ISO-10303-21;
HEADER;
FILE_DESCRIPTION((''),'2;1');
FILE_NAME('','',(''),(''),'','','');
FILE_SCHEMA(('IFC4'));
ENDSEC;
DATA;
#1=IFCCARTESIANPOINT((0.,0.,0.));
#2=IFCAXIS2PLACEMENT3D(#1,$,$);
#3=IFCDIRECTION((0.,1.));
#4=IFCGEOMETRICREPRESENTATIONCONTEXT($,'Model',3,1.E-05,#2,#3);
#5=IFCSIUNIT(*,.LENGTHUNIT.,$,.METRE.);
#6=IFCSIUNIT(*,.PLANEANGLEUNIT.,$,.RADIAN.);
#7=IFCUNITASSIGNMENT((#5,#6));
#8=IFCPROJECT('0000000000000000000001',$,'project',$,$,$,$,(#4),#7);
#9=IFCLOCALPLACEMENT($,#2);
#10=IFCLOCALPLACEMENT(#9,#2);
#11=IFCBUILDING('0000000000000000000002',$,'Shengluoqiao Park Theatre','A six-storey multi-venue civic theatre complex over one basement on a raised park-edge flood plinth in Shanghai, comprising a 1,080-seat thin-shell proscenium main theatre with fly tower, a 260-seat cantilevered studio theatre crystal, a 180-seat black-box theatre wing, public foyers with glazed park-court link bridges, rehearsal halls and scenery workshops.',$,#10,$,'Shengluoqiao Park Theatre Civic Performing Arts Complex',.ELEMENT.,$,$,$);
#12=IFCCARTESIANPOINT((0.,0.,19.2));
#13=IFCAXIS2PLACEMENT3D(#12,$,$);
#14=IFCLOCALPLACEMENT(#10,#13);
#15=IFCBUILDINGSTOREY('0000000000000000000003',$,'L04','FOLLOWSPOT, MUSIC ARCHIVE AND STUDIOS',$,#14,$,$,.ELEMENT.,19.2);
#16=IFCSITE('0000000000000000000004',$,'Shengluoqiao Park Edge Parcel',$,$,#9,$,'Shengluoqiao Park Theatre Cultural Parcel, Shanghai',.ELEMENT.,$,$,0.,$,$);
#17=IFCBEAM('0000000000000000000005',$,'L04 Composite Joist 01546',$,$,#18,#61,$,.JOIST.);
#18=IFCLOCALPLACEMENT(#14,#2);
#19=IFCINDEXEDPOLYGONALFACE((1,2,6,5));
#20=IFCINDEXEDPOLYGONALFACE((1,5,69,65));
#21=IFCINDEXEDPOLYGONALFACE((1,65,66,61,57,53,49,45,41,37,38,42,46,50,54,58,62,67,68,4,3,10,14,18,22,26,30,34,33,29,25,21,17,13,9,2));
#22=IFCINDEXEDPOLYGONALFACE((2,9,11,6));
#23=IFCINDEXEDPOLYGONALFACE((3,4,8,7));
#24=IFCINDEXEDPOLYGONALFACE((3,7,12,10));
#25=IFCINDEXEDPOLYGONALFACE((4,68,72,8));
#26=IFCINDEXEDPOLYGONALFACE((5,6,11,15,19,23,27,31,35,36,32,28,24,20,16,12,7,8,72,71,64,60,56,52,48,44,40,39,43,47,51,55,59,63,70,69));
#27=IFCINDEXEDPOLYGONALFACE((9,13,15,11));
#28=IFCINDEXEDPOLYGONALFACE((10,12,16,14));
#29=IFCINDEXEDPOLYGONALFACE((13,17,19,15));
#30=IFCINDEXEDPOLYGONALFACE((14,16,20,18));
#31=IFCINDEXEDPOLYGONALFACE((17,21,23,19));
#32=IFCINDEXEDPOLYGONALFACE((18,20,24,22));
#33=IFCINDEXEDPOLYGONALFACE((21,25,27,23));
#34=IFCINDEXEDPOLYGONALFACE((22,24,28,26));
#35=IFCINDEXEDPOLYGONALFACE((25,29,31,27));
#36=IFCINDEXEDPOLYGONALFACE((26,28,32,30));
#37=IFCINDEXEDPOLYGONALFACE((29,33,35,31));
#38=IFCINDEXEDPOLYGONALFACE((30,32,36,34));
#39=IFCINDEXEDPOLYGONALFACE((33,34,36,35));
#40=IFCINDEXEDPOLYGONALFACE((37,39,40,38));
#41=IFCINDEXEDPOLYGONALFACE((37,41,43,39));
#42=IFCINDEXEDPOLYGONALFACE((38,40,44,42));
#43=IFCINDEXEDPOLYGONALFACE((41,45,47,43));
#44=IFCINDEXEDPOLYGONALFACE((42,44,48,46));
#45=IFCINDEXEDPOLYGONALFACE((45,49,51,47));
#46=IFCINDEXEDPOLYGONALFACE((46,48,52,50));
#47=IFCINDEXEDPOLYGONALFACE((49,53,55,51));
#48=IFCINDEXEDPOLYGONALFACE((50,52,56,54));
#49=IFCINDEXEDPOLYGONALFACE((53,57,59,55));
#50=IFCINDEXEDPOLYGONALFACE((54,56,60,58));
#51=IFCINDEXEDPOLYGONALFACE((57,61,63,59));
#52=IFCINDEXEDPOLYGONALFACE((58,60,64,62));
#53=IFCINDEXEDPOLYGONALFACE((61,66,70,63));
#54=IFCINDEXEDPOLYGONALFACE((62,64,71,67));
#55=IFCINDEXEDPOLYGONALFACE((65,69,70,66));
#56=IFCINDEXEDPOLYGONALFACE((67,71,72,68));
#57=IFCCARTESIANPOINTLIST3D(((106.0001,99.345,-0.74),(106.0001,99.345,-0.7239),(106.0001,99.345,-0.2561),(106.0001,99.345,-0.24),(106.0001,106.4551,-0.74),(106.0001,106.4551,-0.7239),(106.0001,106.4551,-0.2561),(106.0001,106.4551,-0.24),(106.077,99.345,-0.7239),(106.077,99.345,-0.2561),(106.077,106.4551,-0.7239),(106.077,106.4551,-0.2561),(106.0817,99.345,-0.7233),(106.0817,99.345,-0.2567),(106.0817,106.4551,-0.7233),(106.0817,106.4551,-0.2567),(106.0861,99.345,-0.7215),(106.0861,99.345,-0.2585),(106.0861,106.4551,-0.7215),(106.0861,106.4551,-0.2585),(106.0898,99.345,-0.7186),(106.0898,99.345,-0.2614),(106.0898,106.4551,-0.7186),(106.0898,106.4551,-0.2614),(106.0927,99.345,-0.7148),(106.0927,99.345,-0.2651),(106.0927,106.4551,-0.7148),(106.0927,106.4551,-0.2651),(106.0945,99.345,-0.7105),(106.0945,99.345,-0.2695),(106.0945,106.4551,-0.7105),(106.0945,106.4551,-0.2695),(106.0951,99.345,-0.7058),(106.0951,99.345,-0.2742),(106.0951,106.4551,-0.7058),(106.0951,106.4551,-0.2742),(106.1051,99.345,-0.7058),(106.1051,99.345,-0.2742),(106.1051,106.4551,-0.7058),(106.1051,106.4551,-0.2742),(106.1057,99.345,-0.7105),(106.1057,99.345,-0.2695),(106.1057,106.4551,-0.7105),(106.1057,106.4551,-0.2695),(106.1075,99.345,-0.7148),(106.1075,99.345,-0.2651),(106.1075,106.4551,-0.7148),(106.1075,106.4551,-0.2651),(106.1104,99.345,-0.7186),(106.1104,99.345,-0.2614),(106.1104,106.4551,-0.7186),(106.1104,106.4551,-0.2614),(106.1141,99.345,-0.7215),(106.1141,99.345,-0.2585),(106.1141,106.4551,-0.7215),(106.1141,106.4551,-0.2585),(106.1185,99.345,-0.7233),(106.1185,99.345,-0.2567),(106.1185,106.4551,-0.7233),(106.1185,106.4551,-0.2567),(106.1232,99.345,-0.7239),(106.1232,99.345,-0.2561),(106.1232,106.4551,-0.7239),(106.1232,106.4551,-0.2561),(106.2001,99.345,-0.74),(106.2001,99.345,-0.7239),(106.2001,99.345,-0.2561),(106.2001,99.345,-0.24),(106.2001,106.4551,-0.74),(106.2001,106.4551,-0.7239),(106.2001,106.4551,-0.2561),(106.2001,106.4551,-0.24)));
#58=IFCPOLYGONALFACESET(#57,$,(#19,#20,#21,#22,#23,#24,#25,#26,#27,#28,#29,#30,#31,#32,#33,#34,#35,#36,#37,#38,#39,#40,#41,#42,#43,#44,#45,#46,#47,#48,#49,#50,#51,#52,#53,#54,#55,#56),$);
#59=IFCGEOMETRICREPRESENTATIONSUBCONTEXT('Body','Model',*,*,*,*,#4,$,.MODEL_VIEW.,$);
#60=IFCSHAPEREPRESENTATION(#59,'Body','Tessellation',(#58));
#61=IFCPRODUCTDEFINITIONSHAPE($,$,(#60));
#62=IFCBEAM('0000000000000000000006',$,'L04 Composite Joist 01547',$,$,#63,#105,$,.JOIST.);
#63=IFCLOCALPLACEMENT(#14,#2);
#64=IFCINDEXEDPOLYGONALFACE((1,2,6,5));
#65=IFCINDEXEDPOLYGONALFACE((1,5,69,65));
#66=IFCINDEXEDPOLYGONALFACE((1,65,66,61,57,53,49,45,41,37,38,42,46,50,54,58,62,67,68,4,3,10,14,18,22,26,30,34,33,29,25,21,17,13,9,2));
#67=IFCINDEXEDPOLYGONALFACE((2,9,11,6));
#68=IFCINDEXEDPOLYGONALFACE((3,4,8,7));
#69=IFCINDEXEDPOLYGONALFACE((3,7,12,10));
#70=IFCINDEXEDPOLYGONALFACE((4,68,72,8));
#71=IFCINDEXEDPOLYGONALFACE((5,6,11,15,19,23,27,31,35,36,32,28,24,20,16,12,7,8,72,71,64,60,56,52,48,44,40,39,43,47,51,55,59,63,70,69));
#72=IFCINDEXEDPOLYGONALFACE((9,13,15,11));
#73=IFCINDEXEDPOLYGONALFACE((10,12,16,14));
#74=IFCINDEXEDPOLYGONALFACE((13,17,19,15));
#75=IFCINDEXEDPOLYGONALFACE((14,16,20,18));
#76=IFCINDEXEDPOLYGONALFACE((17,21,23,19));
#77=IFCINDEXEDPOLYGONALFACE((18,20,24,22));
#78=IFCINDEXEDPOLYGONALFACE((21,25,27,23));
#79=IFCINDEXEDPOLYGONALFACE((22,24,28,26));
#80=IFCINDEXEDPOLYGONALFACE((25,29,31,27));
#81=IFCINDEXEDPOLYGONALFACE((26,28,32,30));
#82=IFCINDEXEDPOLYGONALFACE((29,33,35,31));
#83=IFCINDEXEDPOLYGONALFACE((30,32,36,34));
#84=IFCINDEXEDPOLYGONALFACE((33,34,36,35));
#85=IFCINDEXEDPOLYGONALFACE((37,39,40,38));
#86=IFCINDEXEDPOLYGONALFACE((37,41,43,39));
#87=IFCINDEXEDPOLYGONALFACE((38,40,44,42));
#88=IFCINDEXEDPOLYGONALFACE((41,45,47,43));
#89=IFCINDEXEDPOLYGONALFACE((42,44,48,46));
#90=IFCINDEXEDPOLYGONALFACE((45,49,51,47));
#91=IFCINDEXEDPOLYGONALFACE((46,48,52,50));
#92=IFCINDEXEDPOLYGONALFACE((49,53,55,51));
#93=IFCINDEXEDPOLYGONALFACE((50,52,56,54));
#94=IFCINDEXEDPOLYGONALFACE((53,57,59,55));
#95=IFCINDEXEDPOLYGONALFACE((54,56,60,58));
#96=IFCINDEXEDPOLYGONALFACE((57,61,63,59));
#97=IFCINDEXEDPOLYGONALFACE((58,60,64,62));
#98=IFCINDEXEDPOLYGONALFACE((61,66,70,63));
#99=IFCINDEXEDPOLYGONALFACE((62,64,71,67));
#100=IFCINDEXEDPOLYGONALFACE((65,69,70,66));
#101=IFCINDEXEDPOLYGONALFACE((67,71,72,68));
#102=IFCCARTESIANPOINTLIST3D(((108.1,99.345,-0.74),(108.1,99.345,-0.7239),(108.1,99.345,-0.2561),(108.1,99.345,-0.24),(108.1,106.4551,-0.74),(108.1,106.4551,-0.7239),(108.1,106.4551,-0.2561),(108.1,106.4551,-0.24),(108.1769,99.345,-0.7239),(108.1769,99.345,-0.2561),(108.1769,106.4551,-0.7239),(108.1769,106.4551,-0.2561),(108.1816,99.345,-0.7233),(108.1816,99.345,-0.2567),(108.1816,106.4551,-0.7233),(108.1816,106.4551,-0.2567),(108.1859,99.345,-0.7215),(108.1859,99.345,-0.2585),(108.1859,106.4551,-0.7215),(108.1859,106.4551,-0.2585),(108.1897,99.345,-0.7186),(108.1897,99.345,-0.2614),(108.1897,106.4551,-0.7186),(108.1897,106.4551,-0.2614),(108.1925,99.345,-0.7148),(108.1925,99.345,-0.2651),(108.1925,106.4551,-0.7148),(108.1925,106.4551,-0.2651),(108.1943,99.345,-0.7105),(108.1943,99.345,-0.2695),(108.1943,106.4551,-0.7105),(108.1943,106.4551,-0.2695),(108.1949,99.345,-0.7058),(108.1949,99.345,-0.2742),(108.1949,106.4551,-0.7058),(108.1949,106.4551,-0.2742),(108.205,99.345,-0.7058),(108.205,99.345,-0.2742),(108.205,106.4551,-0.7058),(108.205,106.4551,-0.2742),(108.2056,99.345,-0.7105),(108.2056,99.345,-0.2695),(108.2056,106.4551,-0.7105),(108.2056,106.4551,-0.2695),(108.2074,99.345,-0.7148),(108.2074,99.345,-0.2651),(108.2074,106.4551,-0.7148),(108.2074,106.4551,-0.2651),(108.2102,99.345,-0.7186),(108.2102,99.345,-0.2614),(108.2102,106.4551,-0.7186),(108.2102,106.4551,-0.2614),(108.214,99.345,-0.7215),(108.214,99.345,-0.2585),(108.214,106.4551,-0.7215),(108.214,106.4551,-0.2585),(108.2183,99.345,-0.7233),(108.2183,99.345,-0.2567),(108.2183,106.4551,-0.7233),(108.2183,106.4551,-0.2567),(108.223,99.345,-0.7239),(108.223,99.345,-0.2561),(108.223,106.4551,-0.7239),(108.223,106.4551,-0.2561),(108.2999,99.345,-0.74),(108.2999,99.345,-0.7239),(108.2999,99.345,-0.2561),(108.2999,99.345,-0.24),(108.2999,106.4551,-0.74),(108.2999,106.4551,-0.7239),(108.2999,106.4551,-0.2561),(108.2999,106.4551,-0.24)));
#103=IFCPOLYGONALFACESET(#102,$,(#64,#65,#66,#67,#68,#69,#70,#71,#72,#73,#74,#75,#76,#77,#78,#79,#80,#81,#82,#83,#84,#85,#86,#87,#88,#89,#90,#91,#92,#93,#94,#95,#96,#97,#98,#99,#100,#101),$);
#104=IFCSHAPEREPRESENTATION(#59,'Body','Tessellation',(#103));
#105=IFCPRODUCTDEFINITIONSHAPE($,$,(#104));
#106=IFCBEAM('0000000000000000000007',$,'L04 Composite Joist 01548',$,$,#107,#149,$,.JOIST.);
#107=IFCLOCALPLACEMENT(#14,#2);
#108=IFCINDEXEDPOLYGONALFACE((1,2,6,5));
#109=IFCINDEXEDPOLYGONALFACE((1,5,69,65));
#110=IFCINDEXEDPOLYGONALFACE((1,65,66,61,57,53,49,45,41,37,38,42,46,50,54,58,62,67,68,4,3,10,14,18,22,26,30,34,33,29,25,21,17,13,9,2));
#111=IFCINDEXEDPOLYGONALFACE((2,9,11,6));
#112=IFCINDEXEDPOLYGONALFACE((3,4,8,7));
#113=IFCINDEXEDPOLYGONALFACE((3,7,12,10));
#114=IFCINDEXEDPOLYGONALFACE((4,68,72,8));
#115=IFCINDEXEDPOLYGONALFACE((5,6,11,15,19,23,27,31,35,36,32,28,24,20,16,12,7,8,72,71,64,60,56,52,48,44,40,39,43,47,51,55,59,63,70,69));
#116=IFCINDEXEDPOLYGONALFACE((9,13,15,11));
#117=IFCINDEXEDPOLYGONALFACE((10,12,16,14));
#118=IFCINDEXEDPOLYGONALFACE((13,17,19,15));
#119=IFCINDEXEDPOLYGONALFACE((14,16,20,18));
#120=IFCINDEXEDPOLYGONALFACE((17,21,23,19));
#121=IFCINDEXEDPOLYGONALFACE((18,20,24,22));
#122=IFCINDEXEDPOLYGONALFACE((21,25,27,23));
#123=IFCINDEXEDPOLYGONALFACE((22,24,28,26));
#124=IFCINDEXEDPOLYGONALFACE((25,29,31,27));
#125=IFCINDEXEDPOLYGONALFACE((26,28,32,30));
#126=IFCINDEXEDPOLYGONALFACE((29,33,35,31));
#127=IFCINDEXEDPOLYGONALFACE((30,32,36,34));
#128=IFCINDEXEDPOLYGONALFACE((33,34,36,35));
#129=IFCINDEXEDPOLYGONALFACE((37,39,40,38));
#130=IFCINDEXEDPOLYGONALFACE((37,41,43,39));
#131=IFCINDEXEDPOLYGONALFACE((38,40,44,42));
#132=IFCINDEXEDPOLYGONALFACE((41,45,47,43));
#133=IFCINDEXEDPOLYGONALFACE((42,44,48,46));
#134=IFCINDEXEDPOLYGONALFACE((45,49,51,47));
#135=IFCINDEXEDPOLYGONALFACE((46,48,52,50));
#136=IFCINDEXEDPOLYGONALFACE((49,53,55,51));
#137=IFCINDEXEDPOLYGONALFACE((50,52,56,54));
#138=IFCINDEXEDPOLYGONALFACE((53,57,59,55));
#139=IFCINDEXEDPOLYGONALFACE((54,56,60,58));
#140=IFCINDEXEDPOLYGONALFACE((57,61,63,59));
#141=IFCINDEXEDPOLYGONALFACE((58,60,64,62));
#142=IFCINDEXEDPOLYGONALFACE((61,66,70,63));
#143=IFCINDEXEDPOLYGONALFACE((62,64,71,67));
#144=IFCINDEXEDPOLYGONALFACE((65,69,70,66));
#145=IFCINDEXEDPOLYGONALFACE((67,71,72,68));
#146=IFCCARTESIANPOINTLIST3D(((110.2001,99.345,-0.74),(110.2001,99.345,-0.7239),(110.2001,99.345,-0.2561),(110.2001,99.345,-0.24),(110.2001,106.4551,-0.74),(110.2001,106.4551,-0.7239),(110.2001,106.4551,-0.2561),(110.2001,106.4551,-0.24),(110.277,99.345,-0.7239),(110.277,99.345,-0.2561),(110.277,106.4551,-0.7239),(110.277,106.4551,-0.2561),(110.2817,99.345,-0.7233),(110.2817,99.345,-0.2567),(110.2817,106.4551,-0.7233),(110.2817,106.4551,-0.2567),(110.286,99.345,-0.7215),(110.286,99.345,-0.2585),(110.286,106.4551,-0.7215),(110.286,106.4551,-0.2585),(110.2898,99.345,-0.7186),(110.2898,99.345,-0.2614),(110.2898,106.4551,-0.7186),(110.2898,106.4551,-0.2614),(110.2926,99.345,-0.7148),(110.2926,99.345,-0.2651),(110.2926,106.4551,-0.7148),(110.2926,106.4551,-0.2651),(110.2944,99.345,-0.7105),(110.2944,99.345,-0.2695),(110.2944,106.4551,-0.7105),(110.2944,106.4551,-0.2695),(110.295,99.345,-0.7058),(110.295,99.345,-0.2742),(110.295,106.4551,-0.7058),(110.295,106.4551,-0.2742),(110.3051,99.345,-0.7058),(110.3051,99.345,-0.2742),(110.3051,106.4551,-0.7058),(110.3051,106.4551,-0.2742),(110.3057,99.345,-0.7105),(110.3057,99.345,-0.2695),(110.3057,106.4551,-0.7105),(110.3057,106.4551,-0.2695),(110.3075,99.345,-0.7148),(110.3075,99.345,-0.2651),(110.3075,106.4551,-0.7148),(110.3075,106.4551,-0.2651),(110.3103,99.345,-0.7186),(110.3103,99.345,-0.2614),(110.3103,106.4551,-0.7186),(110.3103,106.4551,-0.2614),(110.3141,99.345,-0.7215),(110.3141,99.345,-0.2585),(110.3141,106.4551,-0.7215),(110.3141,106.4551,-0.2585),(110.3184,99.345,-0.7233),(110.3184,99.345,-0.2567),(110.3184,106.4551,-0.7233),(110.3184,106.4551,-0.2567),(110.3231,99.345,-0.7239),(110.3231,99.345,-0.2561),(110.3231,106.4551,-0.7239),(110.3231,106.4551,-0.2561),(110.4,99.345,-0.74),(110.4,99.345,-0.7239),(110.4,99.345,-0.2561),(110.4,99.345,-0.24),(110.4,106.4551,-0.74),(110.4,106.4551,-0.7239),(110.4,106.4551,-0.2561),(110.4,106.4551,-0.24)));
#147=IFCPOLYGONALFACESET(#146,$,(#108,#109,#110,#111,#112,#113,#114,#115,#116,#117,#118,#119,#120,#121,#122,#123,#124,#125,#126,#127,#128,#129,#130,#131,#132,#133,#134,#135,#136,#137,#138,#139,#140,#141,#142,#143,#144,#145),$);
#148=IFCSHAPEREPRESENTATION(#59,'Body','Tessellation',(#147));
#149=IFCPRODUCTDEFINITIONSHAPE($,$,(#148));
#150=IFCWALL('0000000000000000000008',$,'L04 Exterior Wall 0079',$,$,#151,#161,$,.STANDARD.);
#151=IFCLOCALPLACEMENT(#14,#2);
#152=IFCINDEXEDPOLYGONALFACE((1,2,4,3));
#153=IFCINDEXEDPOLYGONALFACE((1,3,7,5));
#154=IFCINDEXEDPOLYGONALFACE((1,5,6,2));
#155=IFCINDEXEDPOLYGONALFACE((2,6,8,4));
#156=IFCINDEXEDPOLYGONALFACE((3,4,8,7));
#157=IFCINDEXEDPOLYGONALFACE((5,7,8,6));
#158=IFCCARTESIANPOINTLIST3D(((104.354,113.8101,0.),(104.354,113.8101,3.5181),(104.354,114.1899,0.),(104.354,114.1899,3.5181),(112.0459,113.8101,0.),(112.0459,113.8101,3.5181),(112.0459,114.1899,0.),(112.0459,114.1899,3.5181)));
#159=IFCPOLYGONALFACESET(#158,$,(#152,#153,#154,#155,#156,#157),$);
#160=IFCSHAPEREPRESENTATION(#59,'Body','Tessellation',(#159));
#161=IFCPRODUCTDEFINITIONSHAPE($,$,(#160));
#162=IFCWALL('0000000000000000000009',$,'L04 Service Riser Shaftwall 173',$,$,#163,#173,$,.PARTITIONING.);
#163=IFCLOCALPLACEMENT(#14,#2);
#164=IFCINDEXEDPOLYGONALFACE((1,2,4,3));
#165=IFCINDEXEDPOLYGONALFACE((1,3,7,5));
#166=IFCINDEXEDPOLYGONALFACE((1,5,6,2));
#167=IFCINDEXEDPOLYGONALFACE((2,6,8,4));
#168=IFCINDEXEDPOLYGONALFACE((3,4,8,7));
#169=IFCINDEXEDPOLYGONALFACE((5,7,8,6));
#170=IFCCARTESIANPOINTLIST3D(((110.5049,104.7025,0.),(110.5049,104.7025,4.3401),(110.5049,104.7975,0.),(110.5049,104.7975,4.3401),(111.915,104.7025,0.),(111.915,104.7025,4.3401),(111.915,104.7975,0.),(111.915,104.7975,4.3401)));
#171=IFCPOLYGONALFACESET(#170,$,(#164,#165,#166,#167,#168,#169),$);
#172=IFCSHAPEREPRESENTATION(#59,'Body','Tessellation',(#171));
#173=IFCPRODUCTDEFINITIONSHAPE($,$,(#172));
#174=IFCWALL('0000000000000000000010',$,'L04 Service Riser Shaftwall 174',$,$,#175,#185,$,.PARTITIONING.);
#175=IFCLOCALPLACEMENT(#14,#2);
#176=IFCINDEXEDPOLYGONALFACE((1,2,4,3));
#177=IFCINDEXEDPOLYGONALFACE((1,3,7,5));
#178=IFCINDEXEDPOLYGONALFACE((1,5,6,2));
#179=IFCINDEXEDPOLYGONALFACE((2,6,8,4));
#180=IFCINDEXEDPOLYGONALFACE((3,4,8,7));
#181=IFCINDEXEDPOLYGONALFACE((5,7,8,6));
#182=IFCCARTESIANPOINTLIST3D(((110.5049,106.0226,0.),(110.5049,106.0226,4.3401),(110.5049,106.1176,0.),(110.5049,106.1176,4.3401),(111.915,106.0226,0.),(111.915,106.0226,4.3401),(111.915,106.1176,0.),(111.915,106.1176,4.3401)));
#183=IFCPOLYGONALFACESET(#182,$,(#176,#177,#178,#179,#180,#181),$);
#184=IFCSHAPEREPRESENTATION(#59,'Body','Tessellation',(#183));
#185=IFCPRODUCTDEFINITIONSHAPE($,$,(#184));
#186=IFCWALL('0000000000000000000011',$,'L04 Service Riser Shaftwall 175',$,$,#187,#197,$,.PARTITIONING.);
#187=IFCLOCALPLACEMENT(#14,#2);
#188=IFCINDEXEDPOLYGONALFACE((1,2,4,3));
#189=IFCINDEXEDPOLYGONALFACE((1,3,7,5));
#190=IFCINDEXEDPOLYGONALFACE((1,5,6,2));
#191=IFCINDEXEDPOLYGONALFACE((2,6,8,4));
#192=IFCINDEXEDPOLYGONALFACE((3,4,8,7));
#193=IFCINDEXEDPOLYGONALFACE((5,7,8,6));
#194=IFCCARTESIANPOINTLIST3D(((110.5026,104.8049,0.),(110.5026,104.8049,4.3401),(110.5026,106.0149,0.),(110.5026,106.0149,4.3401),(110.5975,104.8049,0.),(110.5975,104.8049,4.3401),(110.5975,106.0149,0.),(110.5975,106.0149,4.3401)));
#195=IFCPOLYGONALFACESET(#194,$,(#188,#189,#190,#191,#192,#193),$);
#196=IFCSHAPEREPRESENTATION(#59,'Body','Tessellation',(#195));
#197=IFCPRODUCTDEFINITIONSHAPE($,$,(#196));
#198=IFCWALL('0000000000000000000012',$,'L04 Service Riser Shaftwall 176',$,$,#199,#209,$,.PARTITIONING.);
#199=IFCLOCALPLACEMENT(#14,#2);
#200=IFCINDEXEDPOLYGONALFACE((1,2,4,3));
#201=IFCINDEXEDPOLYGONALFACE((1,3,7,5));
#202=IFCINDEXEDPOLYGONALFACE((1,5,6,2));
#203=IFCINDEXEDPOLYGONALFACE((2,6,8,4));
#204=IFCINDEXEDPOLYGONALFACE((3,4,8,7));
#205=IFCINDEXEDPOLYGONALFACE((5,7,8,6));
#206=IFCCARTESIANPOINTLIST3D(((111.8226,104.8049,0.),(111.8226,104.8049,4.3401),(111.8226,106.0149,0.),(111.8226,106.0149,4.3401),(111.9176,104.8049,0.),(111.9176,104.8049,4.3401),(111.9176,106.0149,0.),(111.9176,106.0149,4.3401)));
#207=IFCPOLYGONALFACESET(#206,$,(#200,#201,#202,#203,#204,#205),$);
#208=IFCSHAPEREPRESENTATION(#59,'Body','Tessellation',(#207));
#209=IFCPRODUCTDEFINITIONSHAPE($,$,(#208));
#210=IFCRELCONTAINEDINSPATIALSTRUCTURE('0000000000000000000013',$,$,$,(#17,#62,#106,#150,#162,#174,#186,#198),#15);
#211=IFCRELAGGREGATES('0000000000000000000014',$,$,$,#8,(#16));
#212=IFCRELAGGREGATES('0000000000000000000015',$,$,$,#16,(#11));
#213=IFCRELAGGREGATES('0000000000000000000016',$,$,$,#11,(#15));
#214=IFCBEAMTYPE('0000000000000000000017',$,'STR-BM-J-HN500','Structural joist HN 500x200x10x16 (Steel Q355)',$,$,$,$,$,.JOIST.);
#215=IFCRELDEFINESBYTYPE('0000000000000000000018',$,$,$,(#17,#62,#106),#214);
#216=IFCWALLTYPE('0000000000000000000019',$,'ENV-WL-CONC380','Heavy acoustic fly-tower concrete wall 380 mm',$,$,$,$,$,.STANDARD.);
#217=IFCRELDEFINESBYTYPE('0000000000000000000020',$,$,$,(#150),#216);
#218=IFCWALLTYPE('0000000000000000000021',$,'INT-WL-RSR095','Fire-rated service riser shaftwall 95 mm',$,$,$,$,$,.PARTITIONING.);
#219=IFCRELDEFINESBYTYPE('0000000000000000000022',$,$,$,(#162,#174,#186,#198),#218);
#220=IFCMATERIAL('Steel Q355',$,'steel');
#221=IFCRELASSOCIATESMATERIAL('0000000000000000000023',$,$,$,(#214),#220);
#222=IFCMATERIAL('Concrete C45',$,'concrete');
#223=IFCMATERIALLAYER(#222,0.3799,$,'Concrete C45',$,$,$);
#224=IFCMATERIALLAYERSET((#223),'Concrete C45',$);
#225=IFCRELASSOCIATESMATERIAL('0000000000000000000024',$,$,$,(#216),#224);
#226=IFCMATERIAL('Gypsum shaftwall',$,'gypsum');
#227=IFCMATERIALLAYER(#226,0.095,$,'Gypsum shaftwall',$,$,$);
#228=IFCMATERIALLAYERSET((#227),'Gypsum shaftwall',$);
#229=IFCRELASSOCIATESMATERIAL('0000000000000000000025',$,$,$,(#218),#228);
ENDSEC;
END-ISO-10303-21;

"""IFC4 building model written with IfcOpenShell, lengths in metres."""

from ifc_helpers import new_model, si_unit, direction, frame, frame_2d, origin, origin_2d, place, context, subcontext, project, spatial, rectangle, i_section, extrude, material, layer, layer_set, material_profile, profile_set, type_object, element, save


model = new_model("IFC4")

# Units and contexts
model_context = context("Model", 3, precision=1e-05, world=origin(), true_north=direction((0.0, 1.0)))
body_context = subcontext(model_context, "Body", "Model", "MODEL_VIEW")
ifc_project = project(units=[si_unit("LENGTHUNIT", "METRE"), si_unit("PLANEANGLEUNIT", "RADIAN")], contexts=[model_context])

# Site, building, storey
site_placement = place(None, origin())
site = spatial("IfcSite", under=ifc_project, at=site_placement, Name="Shengluoqiao Park Edge Parcel", LongName="Shengluoqiao Park Theatre Cultural Parcel, Shanghai", CompositionType="ELEMENT", RefElevation=0.0)
building_placement = place(site_placement, origin())
building = spatial("IfcBuilding", under=site, at=building_placement, Name="Shengluoqiao Park Theatre", Description="A six-storey multi-venue civic theatre complex over one basement on a raised park-edge flood plinth in Shanghai, comprising a 1,080-seat thin-shell proscenium main theatre with fly tower, a 260-seat cantilevered studio theatre crystal, a 180-seat black-box theatre wing, public foyers with glazed park-court link bridges, rehearsal halls and scenery workshops.", LongName="Shengluoqiao Park Theatre Civic Performing Arts Complex", CompositionType="ELEMENT")
storey_placement = place(building_placement, frame((0.0, 0.0, 19.2)))
storey = spatial("IfcBuildingStorey", under=building, at=storey_placement, Name="L04", Description="FOLLOWSPOT, MUSIC ARCHIVE AND STUDIOS", CompositionType="ELEMENT", Elevation=19.2)

# Beams
ifc_material_1 = material(Name="Steel Q355", Category="steel")
ifc_material_profile_1 = material_profile(ifc_material_1, i_section(OverallWidth=0.2, OverallDepth=0.5, WebThickness=0.01, FlangeThickness=0.0161, FilletRadius=0.0181, at=origin_2d()), Name="HN 500x200x10x16")
ifc_profile_set_1 = profile_set([ifc_material_profile_1], Name="Steel Q355")
beam_type_1 = type_object("IfcBeamType", Name="STR-BM-J-HN500", Description="Structural joist HN 500x200x10x16 (Steel Q355)", PredefinedType="JOIST", material=ifc_profile_set_1)
for number, where, z_axis, x_axis, name in (
    (1, (106.1001, 99.345, -0.49), (0.0, 1.0, 0.0), (-1.0, 0.0, 0.0), "L04 Composite Joist 01546"),
    (2, (108.2, 99.345, -0.49), (0.0, 1.0, 0.0), (-1.0, 0.0, 0.0), "L04 Composite Joist 01547"),
    (3, (110.3, 99.345, -0.49), (0.0, 1.0, 0.0), (-1.0, 0.0, 0.0), "L04 Composite Joist 01548"),
):
    element("IfcBeam", number, at=place(storey_placement, frame(where, z_axis=z_axis, x_axis=x_axis)), inside=storey, type_object=beam_type_1, Name=name, PredefinedType="JOIST", context=body_context, shape_type="SweptSolid", body=[
        extrude(i_section(OverallWidth=0.2, OverallDepth=0.5, WebThickness=0.01, FlangeThickness=0.0161, FilletRadius=0.0181, at=origin_2d()), origin(), (0.0, 0.0, 1.0), 7.1101),
    ])

# Walls
ifc_material_2 = material(Name="Concrete C45", Category="concrete")
ifc_layer_1 = layer(ifc_material_2, 0.3799, Name="Concrete C45")
ifc_layer_set_1 = layer_set([ifc_layer_1], Name="Concrete C45")
wall_type_1 = type_object("IfcWallType", Name="ENV-WL-CONC380", Description="Heavy acoustic fly-tower concrete wall 380 mm", PredefinedType="STANDARD", material=ifc_layer_set_1)
wall_placement = place(storey_placement, frame((104.354, 114.0, 0.0), z_axis=(0.0, 0.0, 1.0), x_axis=(1.0, 0.0, 0.0)))
element("IfcWall", 4, at=wall_placement, inside=storey, type_object=wall_type_1, Name="L04 Exterior Wall 0079", PredefinedType="STANDARD", context=body_context, shape_type="SweptSolid", body=[
    extrude(rectangle(XDim=7.6919, YDim=0.3799, at=frame_2d((3.8459, 0.0))), origin(), (0.0, 0.0, 1.0), 3.5181),
])
ifc_material_3 = material(Name="Gypsum shaftwall", Category="gypsum")
ifc_layer_2 = layer(ifc_material_3, 0.095, Name="Gypsum shaftwall")
ifc_layer_set_2 = layer_set([ifc_layer_2], Name="Gypsum shaftwall")
wall_type_2 = type_object("IfcWallType", Name="INT-WL-RSR095", Description="Fire-rated service riser shaftwall 95 mm", PredefinedType="PARTITIONING", material=ifc_layer_set_2)
for number, where, z_axis, x_axis, name in (
    (5, (110.5049, 104.75, 0.0), (0.0, 0.0, 1.0), (1.0, 0.0, 0.0), "L04 Service Riser Shaftwall 173"),
    (6, (110.5049, 106.0701, 0.0), (0.0, 0.0, 1.0), (1.0, 0.0, 0.0), "L04 Service Riser Shaftwall 174"),
):
    element("IfcWall", number, at=place(storey_placement, frame(where, z_axis=z_axis, x_axis=x_axis)), inside=storey, type_object=wall_type_2, Name=name, PredefinedType="PARTITIONING", context=body_context, shape_type="SweptSolid", body=[
        extrude(rectangle(XDim=1.4102, YDim=0.095, at=frame_2d((0.7051, 0.0))), origin(), (0.0, 0.0, 1.0), 4.3401),
    ])
for number, where, z_axis, x_axis, name in (
    (7, (110.55, 104.8049, 0.0), (0.0, 0.0, 1.0), (0.0, 1.0, 0.0), "L04 Service Riser Shaftwall 175"),
    (8, (111.8701, 104.8049, 0.0), (0.0, 0.0, 1.0), (0.0, 1.0, 0.0), "L04 Service Riser Shaftwall 176"),
):
    element("IfcWall", number, at=place(storey_placement, frame(where, z_axis=z_axis, x_axis=x_axis)), inside=storey, type_object=wall_type_2, Name=name, PredefinedType="PARTITIONING", context=body_context, shape_type="SweptSolid", body=[
        extrude(rectangle(XDim=1.21, YDim=0.095, at=frame_2d((0.605, 0.0))), origin(), (0.0, 0.0, 1.0), 4.3401),
    ])

save(model, "model.ifc")
